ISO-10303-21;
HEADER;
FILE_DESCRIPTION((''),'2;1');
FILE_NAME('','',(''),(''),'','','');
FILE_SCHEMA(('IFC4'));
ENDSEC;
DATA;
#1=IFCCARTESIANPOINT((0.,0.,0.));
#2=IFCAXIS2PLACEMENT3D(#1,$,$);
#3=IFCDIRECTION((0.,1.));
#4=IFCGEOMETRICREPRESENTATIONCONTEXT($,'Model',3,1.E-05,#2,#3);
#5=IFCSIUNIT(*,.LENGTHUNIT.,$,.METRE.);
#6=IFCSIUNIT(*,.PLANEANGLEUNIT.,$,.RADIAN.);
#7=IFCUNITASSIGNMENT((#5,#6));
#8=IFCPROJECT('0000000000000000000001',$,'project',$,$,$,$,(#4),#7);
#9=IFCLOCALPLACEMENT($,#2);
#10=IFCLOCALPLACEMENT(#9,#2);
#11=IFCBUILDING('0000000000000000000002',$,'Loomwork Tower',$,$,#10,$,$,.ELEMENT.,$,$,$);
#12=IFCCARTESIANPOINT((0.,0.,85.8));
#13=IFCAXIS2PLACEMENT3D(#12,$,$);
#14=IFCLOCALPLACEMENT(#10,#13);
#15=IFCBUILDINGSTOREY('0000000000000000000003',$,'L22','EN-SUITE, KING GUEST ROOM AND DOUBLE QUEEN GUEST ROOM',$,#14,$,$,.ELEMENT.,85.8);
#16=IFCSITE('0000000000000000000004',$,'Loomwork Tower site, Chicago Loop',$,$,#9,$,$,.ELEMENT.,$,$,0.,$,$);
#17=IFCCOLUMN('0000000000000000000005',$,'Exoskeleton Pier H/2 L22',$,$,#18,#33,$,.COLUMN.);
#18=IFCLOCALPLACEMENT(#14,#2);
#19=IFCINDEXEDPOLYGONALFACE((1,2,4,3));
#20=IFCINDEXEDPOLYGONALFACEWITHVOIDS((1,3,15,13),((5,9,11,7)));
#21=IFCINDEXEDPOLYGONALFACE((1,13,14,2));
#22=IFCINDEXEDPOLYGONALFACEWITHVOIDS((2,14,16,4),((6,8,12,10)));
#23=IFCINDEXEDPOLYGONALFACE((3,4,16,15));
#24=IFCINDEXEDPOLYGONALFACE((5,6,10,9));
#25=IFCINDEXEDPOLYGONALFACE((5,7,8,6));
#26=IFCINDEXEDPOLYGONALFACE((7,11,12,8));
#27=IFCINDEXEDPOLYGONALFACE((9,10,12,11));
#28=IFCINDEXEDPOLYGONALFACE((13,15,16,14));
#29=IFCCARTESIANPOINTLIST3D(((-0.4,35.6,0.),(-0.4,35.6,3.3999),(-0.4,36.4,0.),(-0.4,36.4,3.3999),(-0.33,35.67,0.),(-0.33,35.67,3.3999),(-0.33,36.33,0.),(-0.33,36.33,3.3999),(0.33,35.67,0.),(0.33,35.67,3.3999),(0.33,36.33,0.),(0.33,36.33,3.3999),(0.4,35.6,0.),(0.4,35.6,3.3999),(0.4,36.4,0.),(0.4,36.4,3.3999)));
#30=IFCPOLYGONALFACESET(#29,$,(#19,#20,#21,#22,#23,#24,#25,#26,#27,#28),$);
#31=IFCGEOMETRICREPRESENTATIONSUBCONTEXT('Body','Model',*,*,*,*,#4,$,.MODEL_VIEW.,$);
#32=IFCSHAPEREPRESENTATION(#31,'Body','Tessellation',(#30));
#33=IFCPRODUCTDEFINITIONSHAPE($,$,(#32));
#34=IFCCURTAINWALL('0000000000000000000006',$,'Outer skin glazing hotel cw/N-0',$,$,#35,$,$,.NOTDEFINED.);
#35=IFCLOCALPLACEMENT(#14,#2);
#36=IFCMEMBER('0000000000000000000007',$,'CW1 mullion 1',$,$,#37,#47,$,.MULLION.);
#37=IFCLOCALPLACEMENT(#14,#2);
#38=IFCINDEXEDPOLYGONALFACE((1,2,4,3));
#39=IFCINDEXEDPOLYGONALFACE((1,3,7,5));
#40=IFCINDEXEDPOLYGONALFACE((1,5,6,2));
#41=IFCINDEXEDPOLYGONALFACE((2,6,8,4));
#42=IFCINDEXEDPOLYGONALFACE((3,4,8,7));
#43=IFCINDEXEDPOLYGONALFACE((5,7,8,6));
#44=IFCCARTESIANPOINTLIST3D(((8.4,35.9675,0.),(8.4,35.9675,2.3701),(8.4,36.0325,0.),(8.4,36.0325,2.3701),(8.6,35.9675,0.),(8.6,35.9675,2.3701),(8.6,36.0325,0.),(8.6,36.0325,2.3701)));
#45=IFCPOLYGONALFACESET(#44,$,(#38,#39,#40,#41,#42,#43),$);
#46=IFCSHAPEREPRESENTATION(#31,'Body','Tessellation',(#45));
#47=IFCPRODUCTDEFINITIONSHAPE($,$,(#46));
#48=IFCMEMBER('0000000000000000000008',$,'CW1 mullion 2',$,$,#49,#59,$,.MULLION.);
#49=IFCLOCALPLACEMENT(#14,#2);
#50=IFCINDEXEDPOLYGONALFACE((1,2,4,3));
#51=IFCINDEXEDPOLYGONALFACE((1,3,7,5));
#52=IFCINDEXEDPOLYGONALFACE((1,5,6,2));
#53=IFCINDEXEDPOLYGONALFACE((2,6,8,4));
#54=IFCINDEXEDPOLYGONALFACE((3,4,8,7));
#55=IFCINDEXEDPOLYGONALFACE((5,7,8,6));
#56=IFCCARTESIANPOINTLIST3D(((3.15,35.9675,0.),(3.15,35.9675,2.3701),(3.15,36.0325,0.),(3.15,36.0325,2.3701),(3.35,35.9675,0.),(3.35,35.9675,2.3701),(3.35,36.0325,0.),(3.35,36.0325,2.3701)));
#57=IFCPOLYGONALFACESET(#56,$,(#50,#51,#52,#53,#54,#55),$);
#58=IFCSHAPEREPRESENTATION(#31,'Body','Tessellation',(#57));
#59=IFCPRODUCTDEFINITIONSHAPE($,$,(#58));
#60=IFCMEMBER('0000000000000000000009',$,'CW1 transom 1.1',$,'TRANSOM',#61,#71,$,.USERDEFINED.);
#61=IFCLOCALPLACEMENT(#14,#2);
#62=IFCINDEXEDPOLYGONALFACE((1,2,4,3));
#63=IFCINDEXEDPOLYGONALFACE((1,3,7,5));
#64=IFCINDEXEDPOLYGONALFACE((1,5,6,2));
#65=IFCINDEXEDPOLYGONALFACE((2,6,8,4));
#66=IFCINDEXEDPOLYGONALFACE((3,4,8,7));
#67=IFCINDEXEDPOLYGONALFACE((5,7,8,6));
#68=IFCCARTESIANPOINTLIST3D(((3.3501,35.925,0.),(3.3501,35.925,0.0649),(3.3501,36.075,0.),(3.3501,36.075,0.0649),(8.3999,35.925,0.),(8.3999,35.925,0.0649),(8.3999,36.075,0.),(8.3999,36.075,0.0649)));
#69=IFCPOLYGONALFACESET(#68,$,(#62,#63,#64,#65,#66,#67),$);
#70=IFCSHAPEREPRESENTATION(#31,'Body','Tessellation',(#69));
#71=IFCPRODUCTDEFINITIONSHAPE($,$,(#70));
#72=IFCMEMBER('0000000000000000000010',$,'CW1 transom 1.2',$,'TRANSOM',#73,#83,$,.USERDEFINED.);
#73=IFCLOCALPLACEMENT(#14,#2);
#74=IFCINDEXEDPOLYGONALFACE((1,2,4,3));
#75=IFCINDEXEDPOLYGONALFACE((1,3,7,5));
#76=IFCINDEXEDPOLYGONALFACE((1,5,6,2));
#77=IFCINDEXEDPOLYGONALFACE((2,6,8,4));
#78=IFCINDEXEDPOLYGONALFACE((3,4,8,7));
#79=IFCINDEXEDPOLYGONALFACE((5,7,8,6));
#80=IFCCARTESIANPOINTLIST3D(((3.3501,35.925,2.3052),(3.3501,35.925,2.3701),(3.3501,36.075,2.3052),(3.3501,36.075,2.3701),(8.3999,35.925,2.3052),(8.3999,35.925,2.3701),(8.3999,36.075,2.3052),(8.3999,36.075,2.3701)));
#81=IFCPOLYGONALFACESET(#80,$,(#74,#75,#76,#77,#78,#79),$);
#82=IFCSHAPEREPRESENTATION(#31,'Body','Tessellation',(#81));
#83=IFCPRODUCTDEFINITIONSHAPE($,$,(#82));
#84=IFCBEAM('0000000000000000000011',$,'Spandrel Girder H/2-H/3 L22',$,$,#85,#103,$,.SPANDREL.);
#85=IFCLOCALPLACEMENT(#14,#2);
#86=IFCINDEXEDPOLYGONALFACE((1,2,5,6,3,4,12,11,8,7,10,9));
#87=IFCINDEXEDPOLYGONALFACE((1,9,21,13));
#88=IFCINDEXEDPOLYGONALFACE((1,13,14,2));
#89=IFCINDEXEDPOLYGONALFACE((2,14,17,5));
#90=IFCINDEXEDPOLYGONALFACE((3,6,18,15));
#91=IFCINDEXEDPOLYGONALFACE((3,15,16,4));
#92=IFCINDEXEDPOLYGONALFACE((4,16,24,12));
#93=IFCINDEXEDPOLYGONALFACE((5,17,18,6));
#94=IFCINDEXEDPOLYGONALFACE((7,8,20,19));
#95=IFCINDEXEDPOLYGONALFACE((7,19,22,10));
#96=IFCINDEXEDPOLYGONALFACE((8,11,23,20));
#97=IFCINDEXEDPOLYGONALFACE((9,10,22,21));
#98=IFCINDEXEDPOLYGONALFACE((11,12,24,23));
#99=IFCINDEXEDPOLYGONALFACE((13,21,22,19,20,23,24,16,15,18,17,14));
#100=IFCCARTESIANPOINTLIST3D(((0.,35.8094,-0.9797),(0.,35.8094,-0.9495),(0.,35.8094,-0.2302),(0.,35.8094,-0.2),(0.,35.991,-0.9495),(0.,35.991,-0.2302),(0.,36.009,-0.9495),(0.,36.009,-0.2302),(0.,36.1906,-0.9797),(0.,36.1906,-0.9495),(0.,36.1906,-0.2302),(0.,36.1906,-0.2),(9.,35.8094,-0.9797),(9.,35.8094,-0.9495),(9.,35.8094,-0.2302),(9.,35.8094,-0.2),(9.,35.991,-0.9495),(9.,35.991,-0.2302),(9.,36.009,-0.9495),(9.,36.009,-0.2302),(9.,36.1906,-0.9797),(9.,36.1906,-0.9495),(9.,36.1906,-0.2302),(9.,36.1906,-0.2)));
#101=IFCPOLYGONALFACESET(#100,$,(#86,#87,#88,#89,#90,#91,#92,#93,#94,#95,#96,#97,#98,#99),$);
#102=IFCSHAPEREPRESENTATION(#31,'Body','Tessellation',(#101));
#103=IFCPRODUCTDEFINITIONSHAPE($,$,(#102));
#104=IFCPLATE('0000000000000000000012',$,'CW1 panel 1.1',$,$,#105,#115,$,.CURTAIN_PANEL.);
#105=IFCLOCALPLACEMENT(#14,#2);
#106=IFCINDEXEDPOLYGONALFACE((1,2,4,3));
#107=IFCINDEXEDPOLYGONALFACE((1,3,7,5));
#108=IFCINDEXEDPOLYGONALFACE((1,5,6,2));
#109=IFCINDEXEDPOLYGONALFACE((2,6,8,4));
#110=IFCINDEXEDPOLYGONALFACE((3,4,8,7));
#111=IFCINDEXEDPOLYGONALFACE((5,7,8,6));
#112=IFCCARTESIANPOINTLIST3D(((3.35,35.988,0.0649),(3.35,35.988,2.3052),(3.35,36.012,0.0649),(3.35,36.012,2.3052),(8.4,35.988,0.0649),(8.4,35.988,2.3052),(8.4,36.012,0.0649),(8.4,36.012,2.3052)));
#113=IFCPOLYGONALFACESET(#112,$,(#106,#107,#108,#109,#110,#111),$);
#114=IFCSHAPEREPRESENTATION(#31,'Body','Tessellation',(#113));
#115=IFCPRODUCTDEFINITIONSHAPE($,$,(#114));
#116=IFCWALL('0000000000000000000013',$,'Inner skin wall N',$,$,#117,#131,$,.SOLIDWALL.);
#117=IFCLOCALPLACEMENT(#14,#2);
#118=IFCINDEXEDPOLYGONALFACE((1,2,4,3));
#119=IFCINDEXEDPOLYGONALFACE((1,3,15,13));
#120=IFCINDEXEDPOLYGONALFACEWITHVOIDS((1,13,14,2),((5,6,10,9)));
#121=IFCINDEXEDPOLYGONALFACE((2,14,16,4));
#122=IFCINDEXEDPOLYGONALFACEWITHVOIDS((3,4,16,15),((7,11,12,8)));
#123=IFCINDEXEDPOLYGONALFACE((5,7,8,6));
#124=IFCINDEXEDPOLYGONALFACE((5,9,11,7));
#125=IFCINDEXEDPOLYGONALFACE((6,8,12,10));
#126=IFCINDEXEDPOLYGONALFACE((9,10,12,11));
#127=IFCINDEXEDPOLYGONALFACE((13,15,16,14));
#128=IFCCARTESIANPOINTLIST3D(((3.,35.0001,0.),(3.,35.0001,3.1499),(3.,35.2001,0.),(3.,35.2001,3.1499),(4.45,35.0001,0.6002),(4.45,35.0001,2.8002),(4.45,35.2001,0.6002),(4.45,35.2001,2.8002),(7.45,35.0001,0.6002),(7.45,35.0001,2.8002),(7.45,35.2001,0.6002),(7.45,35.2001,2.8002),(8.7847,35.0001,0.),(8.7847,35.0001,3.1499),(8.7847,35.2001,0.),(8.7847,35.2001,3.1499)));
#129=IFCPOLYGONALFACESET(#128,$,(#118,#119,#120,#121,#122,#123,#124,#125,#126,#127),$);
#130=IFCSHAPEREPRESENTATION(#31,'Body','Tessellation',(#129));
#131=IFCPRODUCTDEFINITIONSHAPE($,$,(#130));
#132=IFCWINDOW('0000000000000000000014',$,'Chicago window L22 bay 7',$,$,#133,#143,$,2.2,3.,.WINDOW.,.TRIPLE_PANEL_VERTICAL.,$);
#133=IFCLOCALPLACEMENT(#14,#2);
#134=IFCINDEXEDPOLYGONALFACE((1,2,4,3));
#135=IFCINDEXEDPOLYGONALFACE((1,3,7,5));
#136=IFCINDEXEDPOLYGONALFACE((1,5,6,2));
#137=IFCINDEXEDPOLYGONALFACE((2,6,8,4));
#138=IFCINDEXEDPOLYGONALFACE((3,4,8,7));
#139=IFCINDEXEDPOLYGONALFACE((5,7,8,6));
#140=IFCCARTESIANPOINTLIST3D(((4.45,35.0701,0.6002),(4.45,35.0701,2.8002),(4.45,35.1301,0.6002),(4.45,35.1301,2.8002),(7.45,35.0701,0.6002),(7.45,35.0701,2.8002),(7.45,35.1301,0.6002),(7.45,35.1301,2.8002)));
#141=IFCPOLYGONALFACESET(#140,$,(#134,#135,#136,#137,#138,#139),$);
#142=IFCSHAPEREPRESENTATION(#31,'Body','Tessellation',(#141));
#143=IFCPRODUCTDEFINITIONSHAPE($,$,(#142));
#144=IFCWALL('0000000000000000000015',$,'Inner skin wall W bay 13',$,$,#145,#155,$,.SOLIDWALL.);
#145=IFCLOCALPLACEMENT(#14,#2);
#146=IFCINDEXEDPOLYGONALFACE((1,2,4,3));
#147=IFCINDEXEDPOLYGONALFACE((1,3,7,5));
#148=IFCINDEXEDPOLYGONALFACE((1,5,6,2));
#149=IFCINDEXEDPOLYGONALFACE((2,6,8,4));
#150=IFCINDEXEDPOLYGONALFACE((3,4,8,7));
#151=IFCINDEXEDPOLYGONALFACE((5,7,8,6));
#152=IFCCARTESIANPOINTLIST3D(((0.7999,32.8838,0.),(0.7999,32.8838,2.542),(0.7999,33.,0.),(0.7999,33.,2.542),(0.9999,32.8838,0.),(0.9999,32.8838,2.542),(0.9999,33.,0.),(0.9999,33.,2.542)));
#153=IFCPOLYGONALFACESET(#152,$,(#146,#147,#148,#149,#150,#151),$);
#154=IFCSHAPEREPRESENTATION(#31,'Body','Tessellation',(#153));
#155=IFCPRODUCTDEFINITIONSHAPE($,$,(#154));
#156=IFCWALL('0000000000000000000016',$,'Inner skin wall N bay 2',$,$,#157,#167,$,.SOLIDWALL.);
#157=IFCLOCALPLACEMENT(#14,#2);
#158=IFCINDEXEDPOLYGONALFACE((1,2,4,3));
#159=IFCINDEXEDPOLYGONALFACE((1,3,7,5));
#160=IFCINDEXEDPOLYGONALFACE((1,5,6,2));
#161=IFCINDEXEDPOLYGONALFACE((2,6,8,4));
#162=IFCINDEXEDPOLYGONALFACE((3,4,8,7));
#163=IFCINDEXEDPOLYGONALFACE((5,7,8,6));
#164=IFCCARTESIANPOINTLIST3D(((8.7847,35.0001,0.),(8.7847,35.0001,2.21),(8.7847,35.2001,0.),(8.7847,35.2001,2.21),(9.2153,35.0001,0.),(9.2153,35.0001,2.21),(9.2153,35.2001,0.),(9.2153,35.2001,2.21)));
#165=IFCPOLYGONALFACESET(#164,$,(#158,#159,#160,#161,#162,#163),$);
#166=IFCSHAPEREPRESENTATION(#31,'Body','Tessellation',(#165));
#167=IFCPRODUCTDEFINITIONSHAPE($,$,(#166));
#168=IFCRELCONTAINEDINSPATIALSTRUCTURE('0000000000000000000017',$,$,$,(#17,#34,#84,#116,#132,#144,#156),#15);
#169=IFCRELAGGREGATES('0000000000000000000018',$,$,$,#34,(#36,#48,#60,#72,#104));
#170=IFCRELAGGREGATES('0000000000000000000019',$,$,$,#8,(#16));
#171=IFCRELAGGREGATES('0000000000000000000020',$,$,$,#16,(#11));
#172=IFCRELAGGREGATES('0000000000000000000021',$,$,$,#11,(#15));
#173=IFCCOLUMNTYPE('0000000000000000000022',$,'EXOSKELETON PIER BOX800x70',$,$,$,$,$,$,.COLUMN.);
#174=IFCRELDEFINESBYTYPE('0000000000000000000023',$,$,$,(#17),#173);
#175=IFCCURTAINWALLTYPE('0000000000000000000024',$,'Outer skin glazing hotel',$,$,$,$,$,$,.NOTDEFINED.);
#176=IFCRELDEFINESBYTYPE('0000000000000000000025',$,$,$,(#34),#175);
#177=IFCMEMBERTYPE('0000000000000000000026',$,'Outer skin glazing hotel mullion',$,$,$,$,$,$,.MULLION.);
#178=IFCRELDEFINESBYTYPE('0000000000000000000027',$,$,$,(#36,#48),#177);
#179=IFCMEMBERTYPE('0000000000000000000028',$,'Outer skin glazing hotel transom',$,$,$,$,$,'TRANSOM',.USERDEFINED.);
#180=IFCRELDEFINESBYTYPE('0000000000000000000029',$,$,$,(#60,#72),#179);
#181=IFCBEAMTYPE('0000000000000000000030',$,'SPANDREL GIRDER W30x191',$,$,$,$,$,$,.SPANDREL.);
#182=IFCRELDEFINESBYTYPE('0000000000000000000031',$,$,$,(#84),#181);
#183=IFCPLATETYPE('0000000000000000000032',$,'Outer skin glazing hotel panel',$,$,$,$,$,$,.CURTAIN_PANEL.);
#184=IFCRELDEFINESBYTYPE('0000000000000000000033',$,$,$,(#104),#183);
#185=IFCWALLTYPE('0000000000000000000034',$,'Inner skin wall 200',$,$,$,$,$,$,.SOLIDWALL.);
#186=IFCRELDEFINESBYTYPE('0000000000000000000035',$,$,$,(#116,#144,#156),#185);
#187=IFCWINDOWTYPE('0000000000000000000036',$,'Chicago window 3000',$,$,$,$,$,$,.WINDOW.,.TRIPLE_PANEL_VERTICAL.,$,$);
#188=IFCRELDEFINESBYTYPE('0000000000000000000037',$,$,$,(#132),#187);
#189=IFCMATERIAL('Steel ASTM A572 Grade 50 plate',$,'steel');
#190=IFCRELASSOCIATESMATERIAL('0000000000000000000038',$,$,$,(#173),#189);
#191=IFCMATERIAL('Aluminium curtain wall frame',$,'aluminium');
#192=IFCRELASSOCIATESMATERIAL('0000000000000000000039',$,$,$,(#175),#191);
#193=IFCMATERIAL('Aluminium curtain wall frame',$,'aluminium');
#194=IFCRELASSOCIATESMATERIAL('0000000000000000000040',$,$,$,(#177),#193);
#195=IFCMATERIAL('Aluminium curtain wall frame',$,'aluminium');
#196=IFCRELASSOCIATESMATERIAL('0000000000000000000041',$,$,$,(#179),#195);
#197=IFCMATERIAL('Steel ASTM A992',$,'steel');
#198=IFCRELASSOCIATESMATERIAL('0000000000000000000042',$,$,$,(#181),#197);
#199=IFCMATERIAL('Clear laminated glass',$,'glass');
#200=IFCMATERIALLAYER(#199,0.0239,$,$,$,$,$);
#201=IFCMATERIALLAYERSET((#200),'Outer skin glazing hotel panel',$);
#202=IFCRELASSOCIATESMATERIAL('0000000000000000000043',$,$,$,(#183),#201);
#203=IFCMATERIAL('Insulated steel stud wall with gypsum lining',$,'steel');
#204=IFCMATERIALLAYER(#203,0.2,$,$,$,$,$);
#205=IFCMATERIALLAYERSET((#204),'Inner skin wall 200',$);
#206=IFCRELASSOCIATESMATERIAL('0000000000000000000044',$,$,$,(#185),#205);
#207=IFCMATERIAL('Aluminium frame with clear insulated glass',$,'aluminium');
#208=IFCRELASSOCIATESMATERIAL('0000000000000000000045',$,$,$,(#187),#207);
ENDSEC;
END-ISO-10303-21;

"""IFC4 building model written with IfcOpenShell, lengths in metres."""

from ifc_helpers import new_model, si_unit, direction, frame, frame_2d, origin, origin_2d, place, context, subcontext, project, spatial, rectangle, hollow_rectangle, i_section, extrude, material, layer, layer_set, material_profile, profile_set, type_object, element, fill, aggregate, save


model = new_model("IFC4")

# Units and contexts
model_context = context("Model", 3, precision=1e-05, world=origin(), true_north=direction((0.0, 1.0)))
body_context = subcontext(model_context, "Body", "Model", "MODEL_VIEW")
ifc_project = project(units=[si_unit("LENGTHUNIT", "METRE"), si_unit("PLANEANGLEUNIT", "RADIAN")], contexts=[model_context])

# Site, building, storey
site_placement = place(None, origin())
site = spatial("IfcSite", under=ifc_project, at=site_placement, Name="Loomwork Tower site, Chicago Loop", CompositionType="ELEMENT", RefElevation=0.0)
building_placement = place(site_placement, origin())
building = spatial("IfcBuilding", under=site, at=building_placement, Name="Loomwork Tower", CompositionType="ELEMENT")
storey_placement = place(building_placement, frame((0.0, 0.0, 85.8)))
storey = spatial("IfcBuildingStorey", under=building, at=storey_placement, Name="L22", Description="EN-SUITE, KING GUEST ROOM AND DOUBLE QUEEN GUEST ROOM", CompositionType="ELEMENT", Elevation=85.8)

# Column
ifc_material_1 = material(Name="Steel ASTM A572 Grade 50 plate", Category="steel")
ifc_material_profile_1 = material_profile(ifc_material_1, hollow_rectangle(XDim=0.8, YDim=0.8, WallThickness=0.0701, at=origin_2d()), Name="BOX800x70")
ifc_profile_set_1 = profile_set([ifc_material_profile_1], Name="Steel ASTM A572 Grade 50 plate")
column_type = type_object("IfcColumnType", Name="EXOSKELETON PIER BOX800x70", PredefinedType="COLUMN", material=ifc_profile_set_1)
column_placement = place(storey_placement, frame((0.0, 36.0, 0.0), z_axis=(0.0, 0.0, 1.0), x_axis=(1.0, 0.0, 0.0)))
element("IfcColumn", 1, at=column_placement, inside=storey, type_object=column_type, Name="Exoskeleton Pier H/2 L22", PredefinedType="COLUMN", context=body_context, shape_type="SweptSolid", body=[
    extrude(hollow_rectangle(XDim=0.8, YDim=0.8, WallThickness=0.0701, at=origin_2d()), origin(), (0.0, 0.0, 1.0), 3.3999),
])

# Curtain wall, members
ifc_material_2 = material(Name="Aluminium curtain wall frame", Category="aluminium")
curtain_wall_type = type_object("IfcCurtainWallType", Name="Outer skin glazing hotel", PredefinedType="NOTDEFINED", material=ifc_material_2)
curtain_wall_placement = place(storey_placement, origin())
curtain_wall = element("IfcCurtainWall", 2, at=curtain_wall_placement, inside=storey, type_object=curtain_wall_type, Name="Outer skin glazing hotel cw/N-0", PredefinedType="NOTDEFINED")
ifc_material_3 = material(Name="Aluminium curtain wall frame", Category="aluminium")
ifc_material_profile_2 = material_profile(ifc_material_3, rectangle(XDim=0.0649, YDim=0.2, at=origin_2d()), Name="AL 65x200")
ifc_profile_set_2 = profile_set([ifc_material_profile_2], Name="Aluminium curtain wall frame")
member_type_1 = type_object("IfcMemberType", Name="Outer skin glazing hotel mullion", PredefinedType="MULLION", material=ifc_profile_set_2)
member_1_placement = place(storey_placement, frame((8.5, 36.0, 0.0), z_axis=(0.0, 0.0, 1.0), x_axis=(0.0, -1.0, 0.0)))
member_1 = element("IfcMember", 3, at=member_1_placement, type_object=member_type_1, Name="CW1 mullion 1", PredefinedType="MULLION", context=body_context, shape_type="SweptSolid", body=[
    extrude(rectangle(XDim=0.0649, YDim=0.2, at=origin_2d()), origin(), (0.0, 0.0, 1.0), 2.3701),
])
member_2_placement = place(storey_placement, frame((3.25, 36.0, 0.0), z_axis=(0.0, 0.0, 1.0), x_axis=(0.0, -1.0, 0.0)))
member_2 = element("IfcMember", 4, at=member_2_placement, type_object=member_type_1, Name="CW1 mullion 2", PredefinedType="MULLION", context=body_context, shape_type="SweptSolid", body=[
    extrude(rectangle(XDim=0.0649, YDim=0.2, at=origin_2d()), origin(), (0.0, 0.0, 1.0), 2.3701),
])
ifc_material_4 = material(Name="Aluminium curtain wall frame", Category="aluminium")
ifc_material_profile_3 = material_profile(ifc_material_4, rectangle(XDim=0.1499, YDim=0.0649, at=origin_2d()), Name="AL 65x150")
ifc_profile_set_3 = profile_set([ifc_material_profile_3], Name="Aluminium curtain wall frame")
member_type_2 = type_object("IfcMemberType", Name="Outer skin glazing hotel transom", ElementType="TRANSOM", PredefinedType="USERDEFINED", material=ifc_profile_set_3)
member_3_placement = place(storey_placement, frame((8.3999, 36.0, 0.0325), z_axis=(-1.0, 0.0, 0.0), x_axis=(0.0, -1.0, 0.0)))
member_3 = element("IfcMember", 5, at=member_3_placement, type_object=member_type_2, Name="CW1 transom 1.1", ObjectType="TRANSOM", PredefinedType="USERDEFINED", context=body_context, shape_type="SweptSolid", body=[
    extrude(rectangle(XDim=0.1499, YDim=0.0649, at=origin_2d()), origin(), (0.0, 0.0, 1.0), 5.0498),
])
member_4_placement = place(storey_placement, frame((8.3999, 36.0, 2.3376), z_axis=(-1.0, 0.0, 0.0), x_axis=(0.0, -1.0, 0.0)))
member_4 = element("IfcMember", 6, at=member_4_placement, type_object=member_type_2, Name="CW1 transom 1.2", ObjectType="TRANSOM", PredefinedType="USERDEFINED", context=body_context, shape_type="SweptSolid", body=[
    extrude(rectangle(XDim=0.1499, YDim=0.0649, at=origin_2d()), origin(), (0.0, 0.0, 1.0), 5.0498),
])

# Beam
ifc_material_5 = material(Name="Steel ASTM A992", Category="steel")
ifc_material_profile_4 = material_profile(ifc_material_5, i_section(OverallWidth=0.3811, OverallDepth=0.7798, WebThickness=0.0181, FlangeThickness=0.0303, at=origin_2d()), Name="W30x191")
ifc_profile_set_4 = profile_set([ifc_material_profile_4], Name="Steel ASTM A992")
beam_type = type_object("IfcBeamType", Name="SPANDREL GIRDER W30x191", PredefinedType="SPANDREL", material=ifc_profile_set_4)
beam_placement = place(storey_placement, frame((0.0, 36.0, -0.5898), z_axis=(1.0, 0.0, 0.0), x_axis=(0.0, 1.0, 0.0)))
element("IfcBeam", 7, at=beam_placement, inside=storey, type_object=beam_type, Name="Spandrel Girder H/2-H/3 L22", PredefinedType="SPANDREL", context=body_context, shape_type="SweptSolid", body=[
    extrude(i_section(OverallWidth=0.3811, OverallDepth=0.7798, WebThickness=0.0181, FlangeThickness=0.0303, at=origin_2d()), origin(), (0.0, 0.0, 1.0), 9.0),
])

# Plate
ifc_material_6 = material(Name="Clear laminated glass", Category="glass")
ifc_layer_1 = layer(ifc_material_6, 0.0239)
ifc_layer_set_1 = layer_set([ifc_layer_1], Name="Outer skin glazing hotel panel")
plate_type = type_object("IfcPlateType", Name="Outer skin glazing hotel panel", PredefinedType="CURTAIN_PANEL", material=ifc_layer_set_1)
plate_placement = place(storey_placement, frame((5.875, 36.0, 0.0649), z_axis=(0.0, 0.0, 1.0), x_axis=(-1.0, 0.0, 0.0)))
plate = element("IfcPlate", 8, at=plate_placement, type_object=plate_type, Name="CW1 panel 1.1", PredefinedType="CURTAIN_PANEL", context=body_context, shape_type="SweptSolid", body=[
    extrude(rectangle(XDim=5.05, YDim=0.0239, at=origin_2d()), origin(), (0.0, 0.0, 1.0), 2.2402),
])
aggregate(curtain_wall, [member_1, member_2, member_3, member_4, plate])

# Wall, opening, window
ifc_material_7 = material(Name="Insulated steel stud wall with gypsum lining", Category="steel")
ifc_layer_2 = layer(ifc_material_7, 0.2)
ifc_layer_set_2 = layer_set([ifc_layer_2], Name="Inner skin wall 200")
wall_type_1 = type_object("IfcWallType", Name="Inner skin wall 200", PredefinedType="SOLIDWALL", material=ifc_layer_set_2)
wall_1_placement = place(storey_placement, frame((3.0, 35.1001, 0.0), z_axis=(0.0, 0.0, 1.0), x_axis=(1.0, 0.0, 0.0)))
wall_1 = element("IfcWall", 9, at=wall_1_placement, inside=storey, type_object=wall_type_1, Name="Inner skin wall N", PredefinedType="SOLIDWALL", context=body_context, shape_type="SweptSolid", body=[
    extrude(rectangle(XDim=5.7847, YDim=0.2, at=frame_2d((2.8923, 0.0))), origin(), (0.0, 0.0, 1.0), 3.1499),
])
opening_1_placement = place(wall_1_placement, frame((1.45, 0.0, 0.6001)))
opening_1 = element("IfcOpeningElement", 10, at=opening_1_placement, cuts=wall_1, PredefinedType="OPENING", context=body_context, shape_type="SweptSolid", body=[
    extrude(rectangle(XDim=3.0, YDim=2.2, at=frame_2d((1.5, 1.1001))), frame((0.0, 0.1099, 0.0), z_axis=(0.0, -1.0, 0.0), x_axis=(1.0, 0.0, 0.0)), (0.0, 0.0, 1.0), 0.22),
])
ifc_material_8 = material(Name="Aluminium frame with clear insulated glass", Category="aluminium")
window_type_1 = type_object("IfcWindowType", Name="Chicago window 3000", PartitioningType="TRIPLE_PANEL_VERTICAL", PredefinedType="WINDOW", material=ifc_material_8)
window_1_placement = place(opening_1_placement, origin())
window_1 = element("IfcWindow", 11, at=window_1_placement, inside=storey, type_object=window_type_1, Name="Chicago window L22 bay 7", OverallHeight=2.2, OverallWidth=3.0, PartitioningType="TRIPLE_PANEL_VERTICAL", PredefinedType="WINDOW", context=body_context, shape_type="SweptSolid", body=[
    extrude(rectangle(XDim=3.0, YDim=2.2, at=frame_2d((1.5, 1.1001))), frame((0.0, 0.03, 0.0), z_axis=(0.0, -1.0, 0.0), x_axis=(1.0, 0.0, 0.0)), (0.0, 0.0, 1.0), 0.0601),
])
fill(opening_1, window_1)

# Walls
wall_2_placement = place(storey_placement, frame((0.8999, 32.8838, 0.0), z_axis=(0.0, 0.0, 1.0), x_axis=(0.0, 1.0, 0.0)))
element("IfcWall", 12, at=wall_2_placement, inside=storey, type_object=wall_type_1, Name="Inner skin wall W bay 13", PredefinedType="SOLIDWALL", context=body_context, shape_type="SweptSolid", body=[
    extrude(rectangle(XDim=0.1162, YDim=0.2, at=frame_2d((0.0581, 0.0))), origin(), (0.0, 0.0, 1.0), 2.542),
])
wall_3_placement = place(storey_placement, frame((8.7847, 35.1001, 0.0), z_axis=(0.0, 0.0, 1.0), x_axis=(1.0, 0.0, 0.0)))
element("IfcWall", 13, at=wall_3_placement, inside=storey, type_object=wall_type_1, Name="Inner skin wall N bay 2", PredefinedType="SOLIDWALL", context=body_context, shape_type="SweptSolid", body=[
    extrude(rectangle(XDim=0.4307, YDim=0.2, at=frame_2d((0.2153, 0.0))), origin(), (0.0, 0.0, 1.0), 2.21),
])

save(model, "model.ifc")
